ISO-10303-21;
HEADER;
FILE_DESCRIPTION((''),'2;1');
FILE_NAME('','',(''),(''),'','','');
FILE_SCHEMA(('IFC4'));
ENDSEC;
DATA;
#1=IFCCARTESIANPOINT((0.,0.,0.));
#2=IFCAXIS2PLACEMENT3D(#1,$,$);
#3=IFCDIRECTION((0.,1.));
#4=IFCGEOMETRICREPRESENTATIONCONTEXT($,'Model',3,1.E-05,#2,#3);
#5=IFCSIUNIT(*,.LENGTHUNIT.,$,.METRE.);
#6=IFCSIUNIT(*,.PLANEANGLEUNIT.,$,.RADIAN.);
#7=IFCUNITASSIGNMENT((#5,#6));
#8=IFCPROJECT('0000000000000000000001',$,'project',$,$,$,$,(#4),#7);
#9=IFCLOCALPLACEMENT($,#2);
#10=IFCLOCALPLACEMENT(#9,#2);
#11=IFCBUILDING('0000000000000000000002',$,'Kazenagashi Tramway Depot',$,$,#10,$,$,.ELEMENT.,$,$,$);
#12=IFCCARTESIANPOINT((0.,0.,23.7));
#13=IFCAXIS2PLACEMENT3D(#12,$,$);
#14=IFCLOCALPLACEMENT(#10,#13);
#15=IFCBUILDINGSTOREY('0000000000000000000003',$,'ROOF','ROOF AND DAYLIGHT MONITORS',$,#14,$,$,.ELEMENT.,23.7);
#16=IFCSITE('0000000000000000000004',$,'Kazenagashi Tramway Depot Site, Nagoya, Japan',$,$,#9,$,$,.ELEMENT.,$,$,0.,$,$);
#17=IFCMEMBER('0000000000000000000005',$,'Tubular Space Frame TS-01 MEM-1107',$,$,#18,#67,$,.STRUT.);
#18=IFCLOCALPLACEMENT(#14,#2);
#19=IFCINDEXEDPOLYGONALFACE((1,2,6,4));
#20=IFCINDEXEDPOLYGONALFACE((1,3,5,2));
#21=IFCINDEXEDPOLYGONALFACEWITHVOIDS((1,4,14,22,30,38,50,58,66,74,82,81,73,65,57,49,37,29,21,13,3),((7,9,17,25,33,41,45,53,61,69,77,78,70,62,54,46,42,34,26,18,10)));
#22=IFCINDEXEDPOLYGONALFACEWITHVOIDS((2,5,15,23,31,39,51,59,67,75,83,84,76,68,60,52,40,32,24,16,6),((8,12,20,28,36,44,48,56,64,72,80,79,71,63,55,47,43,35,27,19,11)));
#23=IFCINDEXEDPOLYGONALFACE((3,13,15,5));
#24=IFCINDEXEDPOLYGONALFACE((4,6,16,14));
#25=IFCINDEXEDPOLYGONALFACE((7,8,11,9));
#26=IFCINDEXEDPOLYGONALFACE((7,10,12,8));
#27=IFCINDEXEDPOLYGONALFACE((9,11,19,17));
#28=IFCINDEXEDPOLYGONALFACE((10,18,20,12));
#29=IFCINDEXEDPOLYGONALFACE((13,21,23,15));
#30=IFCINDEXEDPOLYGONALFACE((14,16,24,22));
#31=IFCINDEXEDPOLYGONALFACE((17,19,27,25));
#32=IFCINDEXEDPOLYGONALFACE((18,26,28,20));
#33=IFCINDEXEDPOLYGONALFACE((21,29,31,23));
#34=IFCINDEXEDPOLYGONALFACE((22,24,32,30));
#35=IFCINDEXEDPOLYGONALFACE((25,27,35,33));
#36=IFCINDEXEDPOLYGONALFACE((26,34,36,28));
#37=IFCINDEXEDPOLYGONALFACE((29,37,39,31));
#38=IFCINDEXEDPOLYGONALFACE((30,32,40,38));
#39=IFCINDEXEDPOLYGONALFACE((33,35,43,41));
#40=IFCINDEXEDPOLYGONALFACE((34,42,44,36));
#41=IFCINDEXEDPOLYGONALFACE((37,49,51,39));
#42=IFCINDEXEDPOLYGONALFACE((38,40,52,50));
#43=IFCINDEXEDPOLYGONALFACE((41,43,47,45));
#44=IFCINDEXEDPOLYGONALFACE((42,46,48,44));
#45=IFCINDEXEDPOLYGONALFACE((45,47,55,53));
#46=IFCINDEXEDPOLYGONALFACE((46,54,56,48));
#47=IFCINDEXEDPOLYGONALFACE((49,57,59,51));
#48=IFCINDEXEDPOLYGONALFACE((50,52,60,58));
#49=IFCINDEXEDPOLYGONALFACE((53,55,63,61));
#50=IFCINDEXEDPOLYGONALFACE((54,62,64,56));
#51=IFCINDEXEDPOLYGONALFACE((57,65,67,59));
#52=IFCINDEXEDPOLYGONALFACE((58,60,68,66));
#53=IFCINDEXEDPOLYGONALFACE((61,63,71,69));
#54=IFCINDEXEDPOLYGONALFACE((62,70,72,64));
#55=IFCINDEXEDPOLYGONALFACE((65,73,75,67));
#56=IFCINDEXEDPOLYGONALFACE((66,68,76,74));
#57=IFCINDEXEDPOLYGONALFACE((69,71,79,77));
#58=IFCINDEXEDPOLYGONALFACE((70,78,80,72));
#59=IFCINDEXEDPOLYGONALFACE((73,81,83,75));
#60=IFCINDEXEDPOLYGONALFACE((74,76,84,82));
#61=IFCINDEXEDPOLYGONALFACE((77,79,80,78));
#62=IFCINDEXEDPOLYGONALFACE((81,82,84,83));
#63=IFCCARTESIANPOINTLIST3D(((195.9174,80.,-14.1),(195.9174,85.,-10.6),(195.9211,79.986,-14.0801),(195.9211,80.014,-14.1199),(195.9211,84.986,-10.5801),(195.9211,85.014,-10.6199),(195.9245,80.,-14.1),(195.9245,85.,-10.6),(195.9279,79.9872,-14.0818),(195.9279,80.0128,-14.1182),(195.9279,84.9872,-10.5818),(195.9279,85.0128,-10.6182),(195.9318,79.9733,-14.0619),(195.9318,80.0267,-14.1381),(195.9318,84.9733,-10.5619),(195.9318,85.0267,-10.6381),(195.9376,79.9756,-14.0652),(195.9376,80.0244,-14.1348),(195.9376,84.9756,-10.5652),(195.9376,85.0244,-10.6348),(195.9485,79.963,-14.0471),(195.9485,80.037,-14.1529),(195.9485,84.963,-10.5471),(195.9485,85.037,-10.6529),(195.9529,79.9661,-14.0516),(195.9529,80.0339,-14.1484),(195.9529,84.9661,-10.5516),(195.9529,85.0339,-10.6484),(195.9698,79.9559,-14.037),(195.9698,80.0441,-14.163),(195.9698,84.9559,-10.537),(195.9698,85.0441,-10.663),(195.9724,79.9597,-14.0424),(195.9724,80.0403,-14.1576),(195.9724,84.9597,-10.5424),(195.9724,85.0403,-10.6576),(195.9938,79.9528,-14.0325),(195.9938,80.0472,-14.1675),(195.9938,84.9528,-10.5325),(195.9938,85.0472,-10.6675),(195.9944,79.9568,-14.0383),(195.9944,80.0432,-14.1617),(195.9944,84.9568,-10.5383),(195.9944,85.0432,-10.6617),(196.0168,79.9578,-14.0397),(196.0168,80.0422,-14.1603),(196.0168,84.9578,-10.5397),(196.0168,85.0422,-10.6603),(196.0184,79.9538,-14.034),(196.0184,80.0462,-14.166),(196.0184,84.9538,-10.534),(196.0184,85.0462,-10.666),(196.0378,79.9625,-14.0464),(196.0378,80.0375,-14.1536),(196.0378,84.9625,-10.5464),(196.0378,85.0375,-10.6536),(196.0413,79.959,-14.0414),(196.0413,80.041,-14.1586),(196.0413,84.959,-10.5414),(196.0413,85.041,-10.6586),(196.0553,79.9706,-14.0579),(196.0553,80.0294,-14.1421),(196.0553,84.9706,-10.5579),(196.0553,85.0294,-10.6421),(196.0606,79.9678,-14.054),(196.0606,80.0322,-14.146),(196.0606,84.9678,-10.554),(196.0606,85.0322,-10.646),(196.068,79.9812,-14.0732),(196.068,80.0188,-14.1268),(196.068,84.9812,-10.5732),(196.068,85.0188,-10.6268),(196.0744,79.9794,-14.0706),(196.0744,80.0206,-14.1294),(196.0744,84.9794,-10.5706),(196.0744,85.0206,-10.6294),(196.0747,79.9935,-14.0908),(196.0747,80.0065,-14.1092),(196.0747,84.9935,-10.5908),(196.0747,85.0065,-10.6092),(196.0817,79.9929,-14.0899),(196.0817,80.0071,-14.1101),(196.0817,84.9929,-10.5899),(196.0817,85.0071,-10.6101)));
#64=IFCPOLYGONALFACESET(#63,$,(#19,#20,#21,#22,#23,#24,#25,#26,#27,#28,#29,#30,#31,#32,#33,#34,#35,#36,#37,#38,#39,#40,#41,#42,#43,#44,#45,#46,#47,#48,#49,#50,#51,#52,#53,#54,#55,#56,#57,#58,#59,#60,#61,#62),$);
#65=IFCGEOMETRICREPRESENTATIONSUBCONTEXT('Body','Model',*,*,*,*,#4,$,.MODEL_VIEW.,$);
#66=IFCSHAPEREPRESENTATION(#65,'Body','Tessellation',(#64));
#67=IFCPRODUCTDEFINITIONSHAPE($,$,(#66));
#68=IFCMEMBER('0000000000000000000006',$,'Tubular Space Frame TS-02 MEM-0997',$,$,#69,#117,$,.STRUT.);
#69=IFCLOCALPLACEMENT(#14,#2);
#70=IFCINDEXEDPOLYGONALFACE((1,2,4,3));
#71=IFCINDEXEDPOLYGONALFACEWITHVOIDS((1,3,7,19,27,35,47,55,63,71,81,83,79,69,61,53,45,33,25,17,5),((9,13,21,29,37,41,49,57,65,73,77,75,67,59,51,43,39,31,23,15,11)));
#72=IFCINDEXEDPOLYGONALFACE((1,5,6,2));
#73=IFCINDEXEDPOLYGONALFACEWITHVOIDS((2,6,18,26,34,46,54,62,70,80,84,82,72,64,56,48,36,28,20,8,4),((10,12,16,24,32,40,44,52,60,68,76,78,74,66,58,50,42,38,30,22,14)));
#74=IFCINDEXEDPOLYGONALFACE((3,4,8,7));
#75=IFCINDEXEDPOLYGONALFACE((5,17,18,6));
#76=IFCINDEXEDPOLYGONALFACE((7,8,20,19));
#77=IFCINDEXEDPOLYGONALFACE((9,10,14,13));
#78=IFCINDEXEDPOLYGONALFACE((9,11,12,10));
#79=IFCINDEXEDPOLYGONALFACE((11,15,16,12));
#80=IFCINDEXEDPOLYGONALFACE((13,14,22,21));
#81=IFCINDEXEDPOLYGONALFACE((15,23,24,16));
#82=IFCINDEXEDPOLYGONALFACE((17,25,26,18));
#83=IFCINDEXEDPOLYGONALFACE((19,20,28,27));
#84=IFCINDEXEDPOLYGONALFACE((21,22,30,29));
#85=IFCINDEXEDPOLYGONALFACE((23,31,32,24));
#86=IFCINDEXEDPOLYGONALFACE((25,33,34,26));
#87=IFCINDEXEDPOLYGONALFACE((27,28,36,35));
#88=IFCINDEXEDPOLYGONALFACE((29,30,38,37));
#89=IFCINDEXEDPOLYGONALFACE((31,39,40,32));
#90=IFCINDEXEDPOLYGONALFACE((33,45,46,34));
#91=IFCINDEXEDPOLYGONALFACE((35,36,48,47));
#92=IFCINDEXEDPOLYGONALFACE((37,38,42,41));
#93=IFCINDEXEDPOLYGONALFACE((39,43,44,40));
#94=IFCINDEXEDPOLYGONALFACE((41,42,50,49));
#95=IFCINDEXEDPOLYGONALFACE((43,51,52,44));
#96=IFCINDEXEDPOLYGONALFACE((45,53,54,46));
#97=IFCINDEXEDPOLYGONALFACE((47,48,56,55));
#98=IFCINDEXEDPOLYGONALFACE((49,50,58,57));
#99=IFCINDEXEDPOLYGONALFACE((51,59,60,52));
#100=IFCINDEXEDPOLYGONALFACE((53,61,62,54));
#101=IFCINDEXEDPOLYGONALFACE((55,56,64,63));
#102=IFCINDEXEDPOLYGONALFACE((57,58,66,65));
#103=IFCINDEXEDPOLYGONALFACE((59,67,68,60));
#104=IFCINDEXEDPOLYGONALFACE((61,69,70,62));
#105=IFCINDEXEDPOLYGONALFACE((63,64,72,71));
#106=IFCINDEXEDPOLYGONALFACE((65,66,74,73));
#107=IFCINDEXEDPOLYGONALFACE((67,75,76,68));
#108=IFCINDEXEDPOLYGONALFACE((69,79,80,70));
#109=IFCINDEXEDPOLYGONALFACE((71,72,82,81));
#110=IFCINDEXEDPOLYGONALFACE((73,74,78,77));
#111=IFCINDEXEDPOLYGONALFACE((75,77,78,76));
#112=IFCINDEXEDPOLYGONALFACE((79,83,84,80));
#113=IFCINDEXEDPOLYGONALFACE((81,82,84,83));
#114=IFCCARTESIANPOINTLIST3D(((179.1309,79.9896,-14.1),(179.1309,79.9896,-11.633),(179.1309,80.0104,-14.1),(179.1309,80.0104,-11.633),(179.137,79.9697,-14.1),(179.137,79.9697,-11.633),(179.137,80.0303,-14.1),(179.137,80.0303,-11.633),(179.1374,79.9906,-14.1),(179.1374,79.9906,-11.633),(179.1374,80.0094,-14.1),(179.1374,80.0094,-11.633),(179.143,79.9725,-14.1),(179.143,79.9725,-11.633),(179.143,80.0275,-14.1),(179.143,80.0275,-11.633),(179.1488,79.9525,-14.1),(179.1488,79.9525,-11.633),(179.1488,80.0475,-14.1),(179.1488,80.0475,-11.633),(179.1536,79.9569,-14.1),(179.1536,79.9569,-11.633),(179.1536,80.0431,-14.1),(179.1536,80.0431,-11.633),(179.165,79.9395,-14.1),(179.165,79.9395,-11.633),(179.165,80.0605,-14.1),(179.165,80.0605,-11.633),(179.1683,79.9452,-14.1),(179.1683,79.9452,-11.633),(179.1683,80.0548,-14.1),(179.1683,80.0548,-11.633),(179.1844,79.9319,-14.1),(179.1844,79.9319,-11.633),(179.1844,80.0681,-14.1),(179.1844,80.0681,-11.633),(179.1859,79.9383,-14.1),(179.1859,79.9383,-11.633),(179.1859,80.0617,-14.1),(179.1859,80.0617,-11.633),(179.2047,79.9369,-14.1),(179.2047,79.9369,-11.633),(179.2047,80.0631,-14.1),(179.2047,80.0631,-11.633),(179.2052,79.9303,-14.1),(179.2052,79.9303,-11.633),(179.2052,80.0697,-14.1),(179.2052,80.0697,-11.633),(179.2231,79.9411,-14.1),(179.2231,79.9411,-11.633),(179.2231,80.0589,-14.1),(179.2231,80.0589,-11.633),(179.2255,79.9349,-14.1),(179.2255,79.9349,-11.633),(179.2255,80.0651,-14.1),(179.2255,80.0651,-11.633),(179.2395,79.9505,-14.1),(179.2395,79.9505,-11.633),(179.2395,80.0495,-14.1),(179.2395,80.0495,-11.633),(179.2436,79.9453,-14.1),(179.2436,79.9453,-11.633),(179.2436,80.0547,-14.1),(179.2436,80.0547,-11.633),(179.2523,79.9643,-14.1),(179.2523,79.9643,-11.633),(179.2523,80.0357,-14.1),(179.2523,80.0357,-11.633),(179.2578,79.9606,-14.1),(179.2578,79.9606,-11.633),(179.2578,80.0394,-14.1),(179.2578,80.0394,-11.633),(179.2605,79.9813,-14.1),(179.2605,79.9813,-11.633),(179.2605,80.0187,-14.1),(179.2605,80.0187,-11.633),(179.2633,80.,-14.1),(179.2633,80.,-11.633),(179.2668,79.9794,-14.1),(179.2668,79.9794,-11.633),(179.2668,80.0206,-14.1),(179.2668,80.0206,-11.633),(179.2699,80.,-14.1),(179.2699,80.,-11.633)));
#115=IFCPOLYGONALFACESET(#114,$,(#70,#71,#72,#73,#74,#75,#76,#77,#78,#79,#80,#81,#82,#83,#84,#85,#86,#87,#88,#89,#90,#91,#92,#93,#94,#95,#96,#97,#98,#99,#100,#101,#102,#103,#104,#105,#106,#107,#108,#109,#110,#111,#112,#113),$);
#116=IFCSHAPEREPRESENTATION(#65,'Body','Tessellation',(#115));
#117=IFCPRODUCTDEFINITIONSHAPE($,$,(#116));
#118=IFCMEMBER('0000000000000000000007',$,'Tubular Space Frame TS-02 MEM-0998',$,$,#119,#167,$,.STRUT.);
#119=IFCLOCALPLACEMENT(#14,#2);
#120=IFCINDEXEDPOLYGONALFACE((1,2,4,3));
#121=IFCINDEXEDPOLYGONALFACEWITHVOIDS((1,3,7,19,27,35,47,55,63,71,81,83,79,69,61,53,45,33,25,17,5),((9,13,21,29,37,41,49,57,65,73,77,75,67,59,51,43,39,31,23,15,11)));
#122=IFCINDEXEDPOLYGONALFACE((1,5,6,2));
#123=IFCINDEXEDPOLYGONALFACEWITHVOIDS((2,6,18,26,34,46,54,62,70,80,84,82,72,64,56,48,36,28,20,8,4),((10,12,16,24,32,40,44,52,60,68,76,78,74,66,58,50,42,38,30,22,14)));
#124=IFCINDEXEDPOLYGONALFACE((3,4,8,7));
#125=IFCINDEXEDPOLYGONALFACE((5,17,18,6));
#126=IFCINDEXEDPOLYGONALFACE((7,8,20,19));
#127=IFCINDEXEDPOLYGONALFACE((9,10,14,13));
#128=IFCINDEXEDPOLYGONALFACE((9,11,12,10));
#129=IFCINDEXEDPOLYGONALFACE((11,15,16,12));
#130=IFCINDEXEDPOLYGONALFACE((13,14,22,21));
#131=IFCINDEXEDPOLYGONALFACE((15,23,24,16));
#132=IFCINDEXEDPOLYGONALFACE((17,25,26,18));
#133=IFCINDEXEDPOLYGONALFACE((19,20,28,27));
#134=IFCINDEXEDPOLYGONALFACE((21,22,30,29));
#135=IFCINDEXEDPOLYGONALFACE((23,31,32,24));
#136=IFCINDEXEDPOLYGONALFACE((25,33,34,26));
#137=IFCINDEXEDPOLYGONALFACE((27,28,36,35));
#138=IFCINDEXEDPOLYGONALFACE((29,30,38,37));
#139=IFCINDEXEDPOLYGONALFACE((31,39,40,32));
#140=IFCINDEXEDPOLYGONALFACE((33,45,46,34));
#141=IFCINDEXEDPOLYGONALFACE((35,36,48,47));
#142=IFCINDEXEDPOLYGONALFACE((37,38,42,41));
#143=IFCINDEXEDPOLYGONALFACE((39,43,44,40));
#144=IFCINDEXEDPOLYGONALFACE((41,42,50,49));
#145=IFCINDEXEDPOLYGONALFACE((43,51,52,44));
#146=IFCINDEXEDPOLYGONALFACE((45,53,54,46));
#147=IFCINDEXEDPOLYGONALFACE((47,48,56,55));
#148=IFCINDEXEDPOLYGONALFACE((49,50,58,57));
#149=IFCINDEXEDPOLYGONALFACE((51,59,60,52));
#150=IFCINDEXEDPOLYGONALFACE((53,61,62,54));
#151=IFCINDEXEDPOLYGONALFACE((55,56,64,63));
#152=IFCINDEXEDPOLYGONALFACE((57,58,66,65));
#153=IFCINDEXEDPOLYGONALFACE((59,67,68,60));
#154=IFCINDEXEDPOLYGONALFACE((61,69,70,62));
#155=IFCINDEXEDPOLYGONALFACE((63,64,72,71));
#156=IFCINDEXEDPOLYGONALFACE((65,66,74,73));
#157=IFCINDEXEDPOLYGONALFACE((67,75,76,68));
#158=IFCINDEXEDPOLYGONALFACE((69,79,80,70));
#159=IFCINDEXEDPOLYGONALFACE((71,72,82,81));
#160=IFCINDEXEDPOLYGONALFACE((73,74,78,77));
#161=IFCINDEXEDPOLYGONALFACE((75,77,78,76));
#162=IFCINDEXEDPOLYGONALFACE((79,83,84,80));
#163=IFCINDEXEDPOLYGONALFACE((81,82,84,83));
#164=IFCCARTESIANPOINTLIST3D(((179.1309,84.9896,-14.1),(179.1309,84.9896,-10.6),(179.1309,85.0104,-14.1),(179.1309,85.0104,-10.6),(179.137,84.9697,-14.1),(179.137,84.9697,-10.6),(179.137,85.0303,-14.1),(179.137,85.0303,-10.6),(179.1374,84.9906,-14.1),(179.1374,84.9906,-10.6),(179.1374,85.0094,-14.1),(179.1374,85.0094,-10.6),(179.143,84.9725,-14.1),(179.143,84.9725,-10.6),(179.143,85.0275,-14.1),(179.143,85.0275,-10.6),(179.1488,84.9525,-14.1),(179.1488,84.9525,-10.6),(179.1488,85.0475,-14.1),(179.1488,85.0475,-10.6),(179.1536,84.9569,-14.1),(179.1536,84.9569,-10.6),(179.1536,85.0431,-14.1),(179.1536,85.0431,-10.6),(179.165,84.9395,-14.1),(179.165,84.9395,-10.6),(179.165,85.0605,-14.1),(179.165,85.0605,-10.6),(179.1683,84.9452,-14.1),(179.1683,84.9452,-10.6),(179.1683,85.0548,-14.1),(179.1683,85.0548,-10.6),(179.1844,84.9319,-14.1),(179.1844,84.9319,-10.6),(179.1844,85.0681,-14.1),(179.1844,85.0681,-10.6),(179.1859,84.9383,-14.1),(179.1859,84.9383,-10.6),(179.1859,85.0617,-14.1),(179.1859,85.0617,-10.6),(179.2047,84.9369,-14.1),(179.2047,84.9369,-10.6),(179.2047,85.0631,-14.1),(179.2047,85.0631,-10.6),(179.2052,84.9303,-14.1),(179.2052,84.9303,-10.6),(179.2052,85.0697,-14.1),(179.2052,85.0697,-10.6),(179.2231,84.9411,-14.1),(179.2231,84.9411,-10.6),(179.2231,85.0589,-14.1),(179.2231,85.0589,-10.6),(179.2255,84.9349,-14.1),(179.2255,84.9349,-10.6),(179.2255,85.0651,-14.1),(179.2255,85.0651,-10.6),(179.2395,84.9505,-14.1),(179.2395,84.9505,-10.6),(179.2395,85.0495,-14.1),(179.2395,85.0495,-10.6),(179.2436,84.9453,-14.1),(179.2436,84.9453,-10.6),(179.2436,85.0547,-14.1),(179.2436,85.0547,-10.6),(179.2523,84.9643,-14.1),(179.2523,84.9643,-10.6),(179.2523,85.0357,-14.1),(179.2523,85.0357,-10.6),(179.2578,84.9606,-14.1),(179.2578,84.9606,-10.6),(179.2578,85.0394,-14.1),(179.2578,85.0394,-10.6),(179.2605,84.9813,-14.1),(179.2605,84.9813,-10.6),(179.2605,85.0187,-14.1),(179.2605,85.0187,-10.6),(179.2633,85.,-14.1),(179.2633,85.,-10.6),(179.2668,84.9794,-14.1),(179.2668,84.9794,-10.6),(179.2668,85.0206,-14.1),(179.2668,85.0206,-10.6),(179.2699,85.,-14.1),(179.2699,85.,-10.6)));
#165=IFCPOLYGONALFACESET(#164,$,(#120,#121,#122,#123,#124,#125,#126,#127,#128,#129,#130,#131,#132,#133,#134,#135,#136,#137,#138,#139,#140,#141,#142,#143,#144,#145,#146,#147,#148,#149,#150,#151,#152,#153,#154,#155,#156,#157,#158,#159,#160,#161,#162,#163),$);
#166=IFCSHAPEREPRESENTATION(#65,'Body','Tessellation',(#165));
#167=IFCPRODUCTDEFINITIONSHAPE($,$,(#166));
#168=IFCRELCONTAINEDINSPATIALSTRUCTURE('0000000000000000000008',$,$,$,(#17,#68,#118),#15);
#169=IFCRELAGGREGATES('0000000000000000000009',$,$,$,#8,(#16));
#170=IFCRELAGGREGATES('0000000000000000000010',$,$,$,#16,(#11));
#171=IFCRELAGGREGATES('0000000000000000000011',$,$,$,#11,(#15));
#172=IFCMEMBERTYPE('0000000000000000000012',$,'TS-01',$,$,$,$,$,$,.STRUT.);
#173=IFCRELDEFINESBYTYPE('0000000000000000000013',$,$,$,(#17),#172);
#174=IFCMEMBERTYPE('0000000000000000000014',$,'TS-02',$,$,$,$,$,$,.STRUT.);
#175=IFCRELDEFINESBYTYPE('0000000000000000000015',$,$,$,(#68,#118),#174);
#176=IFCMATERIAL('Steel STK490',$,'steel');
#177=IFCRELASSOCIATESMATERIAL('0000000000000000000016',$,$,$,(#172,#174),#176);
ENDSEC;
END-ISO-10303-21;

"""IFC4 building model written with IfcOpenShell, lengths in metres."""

from ifc_helpers import new_model, si_unit, direction, frame, origin, origin_2d, place, context, subcontext, project, spatial, hollow_circle, extrude, material, material_profile, profile_set, type_object, element, save


model = new_model("IFC4")

# Units and contexts
model_context = context("Model", 3, precision=1e-05, world=origin(), true_north=direction((0.0, 1.0)))
body_context = subcontext(model_context, "Body", "Model", "MODEL_VIEW")
ifc_project = project(units=[si_unit("LENGTHUNIT", "METRE"), si_unit("PLANEANGLEUNIT", "RADIAN")], contexts=[model_context])

# Site, building, storey
site_placement = place(None, origin())
site = spatial("IfcSite", under=ifc_project, at=site_placement, Name="Kazenagashi Tramway Depot Site, Nagoya, Japan", CompositionType="ELEMENT", RefElevation=0.0)
building_placement = place(site_placement, origin())
building = spatial("IfcBuilding", under=site, at=building_placement, Name="Kazenagashi Tramway Depot", CompositionType="ELEMENT")
storey_placement = place(building_placement, frame((0.0, 0.0, 23.7)))
storey = spatial("IfcBuildingStorey", under=building, at=storey_placement, Name="ROOF", Description="ROOF AND DAYLIGHT MONITORS", CompositionType="ELEMENT", Elevation=23.7)

# Members
ifc_material_1 = material(Name="Steel STK490", Category="steel")
ifc_material_profile_1 = material_profile(ifc_material_1, hollow_circle(Radius=0.0826, WallThickness=0.0071, at=origin_2d()), Name="CHS-165.2x7.1")
ifc_profile_set_1 = profile_set([ifc_material_profile_1], Name="Steel STK490")
member_type_1 = type_object("IfcMemberType", Name="TS-01", PredefinedType="STRUT", material=ifc_profile_set_1)
member_1_placement = place(storey_placement, frame((196.0, 80.0, -14.1), z_axis=(0.0, 0.819232, 0.573462), x_axis=(-1.0, 0.0, 0.0)))
element("IfcMember", 1, at=member_1_placement, inside=storey, type_object=member_type_1, Name="Tubular Space Frame TS-01 MEM-1107", PredefinedType="STRUT", context=body_context, shape_type="SweptSolid", body=[
    extrude(hollow_circle(Radius=0.0826, WallThickness=0.0071, at=origin_2d()), origin(), (0.0, 0.0, 1.0), 6.1033),
])
ifc_material_profile_2 = material_profile(ifc_material_1, hollow_circle(Radius=0.0699, WallThickness=0.0066, at=origin_2d()), Name="CHS-139.8x6.6")
ifc_profile_set_2 = profile_set([ifc_material_profile_2], Name="Steel STK490")
member_type_2 = type_object("IfcMemberType", Name="TS-02", PredefinedType="STRUT", material=ifc_profile_set_2)
member_2_placement = place(storey_placement, frame((179.2, 80.0, -14.1), z_axis=(0.0, 0.0, 1.0), x_axis=(1.0, 0.0, 0.0)))
element("IfcMember", 2, at=member_2_placement, inside=storey, type_object=member_type_2, Name="Tubular Space Frame TS-02 MEM-0997", PredefinedType="STRUT", context=body_context, shape_type="SweptSolid", body=[
    extrude(hollow_circle(Radius=0.0699, WallThickness=0.0066, at=origin_2d()), origin(), (0.0, 0.0, 1.0), 2.467),
])
member_3_placement = place(storey_placement, frame((179.2, 85.0, -14.1), z_axis=(0.0, 0.0, 1.0), x_axis=(1.0, 0.0, 0.0)))
element("IfcMember", 3, at=member_3_placement, inside=storey, type_object=member_type_2, Name="Tubular Space Frame TS-02 MEM-0998", PredefinedType="STRUT", context=body_context, shape_type="SweptSolid", body=[
    extrude(hollow_circle(Radius=0.0699, WallThickness=0.0066, at=origin_2d()), origin(), (0.0, 0.0, 1.0), 3.5),
])

save(model, "model.ifc")
